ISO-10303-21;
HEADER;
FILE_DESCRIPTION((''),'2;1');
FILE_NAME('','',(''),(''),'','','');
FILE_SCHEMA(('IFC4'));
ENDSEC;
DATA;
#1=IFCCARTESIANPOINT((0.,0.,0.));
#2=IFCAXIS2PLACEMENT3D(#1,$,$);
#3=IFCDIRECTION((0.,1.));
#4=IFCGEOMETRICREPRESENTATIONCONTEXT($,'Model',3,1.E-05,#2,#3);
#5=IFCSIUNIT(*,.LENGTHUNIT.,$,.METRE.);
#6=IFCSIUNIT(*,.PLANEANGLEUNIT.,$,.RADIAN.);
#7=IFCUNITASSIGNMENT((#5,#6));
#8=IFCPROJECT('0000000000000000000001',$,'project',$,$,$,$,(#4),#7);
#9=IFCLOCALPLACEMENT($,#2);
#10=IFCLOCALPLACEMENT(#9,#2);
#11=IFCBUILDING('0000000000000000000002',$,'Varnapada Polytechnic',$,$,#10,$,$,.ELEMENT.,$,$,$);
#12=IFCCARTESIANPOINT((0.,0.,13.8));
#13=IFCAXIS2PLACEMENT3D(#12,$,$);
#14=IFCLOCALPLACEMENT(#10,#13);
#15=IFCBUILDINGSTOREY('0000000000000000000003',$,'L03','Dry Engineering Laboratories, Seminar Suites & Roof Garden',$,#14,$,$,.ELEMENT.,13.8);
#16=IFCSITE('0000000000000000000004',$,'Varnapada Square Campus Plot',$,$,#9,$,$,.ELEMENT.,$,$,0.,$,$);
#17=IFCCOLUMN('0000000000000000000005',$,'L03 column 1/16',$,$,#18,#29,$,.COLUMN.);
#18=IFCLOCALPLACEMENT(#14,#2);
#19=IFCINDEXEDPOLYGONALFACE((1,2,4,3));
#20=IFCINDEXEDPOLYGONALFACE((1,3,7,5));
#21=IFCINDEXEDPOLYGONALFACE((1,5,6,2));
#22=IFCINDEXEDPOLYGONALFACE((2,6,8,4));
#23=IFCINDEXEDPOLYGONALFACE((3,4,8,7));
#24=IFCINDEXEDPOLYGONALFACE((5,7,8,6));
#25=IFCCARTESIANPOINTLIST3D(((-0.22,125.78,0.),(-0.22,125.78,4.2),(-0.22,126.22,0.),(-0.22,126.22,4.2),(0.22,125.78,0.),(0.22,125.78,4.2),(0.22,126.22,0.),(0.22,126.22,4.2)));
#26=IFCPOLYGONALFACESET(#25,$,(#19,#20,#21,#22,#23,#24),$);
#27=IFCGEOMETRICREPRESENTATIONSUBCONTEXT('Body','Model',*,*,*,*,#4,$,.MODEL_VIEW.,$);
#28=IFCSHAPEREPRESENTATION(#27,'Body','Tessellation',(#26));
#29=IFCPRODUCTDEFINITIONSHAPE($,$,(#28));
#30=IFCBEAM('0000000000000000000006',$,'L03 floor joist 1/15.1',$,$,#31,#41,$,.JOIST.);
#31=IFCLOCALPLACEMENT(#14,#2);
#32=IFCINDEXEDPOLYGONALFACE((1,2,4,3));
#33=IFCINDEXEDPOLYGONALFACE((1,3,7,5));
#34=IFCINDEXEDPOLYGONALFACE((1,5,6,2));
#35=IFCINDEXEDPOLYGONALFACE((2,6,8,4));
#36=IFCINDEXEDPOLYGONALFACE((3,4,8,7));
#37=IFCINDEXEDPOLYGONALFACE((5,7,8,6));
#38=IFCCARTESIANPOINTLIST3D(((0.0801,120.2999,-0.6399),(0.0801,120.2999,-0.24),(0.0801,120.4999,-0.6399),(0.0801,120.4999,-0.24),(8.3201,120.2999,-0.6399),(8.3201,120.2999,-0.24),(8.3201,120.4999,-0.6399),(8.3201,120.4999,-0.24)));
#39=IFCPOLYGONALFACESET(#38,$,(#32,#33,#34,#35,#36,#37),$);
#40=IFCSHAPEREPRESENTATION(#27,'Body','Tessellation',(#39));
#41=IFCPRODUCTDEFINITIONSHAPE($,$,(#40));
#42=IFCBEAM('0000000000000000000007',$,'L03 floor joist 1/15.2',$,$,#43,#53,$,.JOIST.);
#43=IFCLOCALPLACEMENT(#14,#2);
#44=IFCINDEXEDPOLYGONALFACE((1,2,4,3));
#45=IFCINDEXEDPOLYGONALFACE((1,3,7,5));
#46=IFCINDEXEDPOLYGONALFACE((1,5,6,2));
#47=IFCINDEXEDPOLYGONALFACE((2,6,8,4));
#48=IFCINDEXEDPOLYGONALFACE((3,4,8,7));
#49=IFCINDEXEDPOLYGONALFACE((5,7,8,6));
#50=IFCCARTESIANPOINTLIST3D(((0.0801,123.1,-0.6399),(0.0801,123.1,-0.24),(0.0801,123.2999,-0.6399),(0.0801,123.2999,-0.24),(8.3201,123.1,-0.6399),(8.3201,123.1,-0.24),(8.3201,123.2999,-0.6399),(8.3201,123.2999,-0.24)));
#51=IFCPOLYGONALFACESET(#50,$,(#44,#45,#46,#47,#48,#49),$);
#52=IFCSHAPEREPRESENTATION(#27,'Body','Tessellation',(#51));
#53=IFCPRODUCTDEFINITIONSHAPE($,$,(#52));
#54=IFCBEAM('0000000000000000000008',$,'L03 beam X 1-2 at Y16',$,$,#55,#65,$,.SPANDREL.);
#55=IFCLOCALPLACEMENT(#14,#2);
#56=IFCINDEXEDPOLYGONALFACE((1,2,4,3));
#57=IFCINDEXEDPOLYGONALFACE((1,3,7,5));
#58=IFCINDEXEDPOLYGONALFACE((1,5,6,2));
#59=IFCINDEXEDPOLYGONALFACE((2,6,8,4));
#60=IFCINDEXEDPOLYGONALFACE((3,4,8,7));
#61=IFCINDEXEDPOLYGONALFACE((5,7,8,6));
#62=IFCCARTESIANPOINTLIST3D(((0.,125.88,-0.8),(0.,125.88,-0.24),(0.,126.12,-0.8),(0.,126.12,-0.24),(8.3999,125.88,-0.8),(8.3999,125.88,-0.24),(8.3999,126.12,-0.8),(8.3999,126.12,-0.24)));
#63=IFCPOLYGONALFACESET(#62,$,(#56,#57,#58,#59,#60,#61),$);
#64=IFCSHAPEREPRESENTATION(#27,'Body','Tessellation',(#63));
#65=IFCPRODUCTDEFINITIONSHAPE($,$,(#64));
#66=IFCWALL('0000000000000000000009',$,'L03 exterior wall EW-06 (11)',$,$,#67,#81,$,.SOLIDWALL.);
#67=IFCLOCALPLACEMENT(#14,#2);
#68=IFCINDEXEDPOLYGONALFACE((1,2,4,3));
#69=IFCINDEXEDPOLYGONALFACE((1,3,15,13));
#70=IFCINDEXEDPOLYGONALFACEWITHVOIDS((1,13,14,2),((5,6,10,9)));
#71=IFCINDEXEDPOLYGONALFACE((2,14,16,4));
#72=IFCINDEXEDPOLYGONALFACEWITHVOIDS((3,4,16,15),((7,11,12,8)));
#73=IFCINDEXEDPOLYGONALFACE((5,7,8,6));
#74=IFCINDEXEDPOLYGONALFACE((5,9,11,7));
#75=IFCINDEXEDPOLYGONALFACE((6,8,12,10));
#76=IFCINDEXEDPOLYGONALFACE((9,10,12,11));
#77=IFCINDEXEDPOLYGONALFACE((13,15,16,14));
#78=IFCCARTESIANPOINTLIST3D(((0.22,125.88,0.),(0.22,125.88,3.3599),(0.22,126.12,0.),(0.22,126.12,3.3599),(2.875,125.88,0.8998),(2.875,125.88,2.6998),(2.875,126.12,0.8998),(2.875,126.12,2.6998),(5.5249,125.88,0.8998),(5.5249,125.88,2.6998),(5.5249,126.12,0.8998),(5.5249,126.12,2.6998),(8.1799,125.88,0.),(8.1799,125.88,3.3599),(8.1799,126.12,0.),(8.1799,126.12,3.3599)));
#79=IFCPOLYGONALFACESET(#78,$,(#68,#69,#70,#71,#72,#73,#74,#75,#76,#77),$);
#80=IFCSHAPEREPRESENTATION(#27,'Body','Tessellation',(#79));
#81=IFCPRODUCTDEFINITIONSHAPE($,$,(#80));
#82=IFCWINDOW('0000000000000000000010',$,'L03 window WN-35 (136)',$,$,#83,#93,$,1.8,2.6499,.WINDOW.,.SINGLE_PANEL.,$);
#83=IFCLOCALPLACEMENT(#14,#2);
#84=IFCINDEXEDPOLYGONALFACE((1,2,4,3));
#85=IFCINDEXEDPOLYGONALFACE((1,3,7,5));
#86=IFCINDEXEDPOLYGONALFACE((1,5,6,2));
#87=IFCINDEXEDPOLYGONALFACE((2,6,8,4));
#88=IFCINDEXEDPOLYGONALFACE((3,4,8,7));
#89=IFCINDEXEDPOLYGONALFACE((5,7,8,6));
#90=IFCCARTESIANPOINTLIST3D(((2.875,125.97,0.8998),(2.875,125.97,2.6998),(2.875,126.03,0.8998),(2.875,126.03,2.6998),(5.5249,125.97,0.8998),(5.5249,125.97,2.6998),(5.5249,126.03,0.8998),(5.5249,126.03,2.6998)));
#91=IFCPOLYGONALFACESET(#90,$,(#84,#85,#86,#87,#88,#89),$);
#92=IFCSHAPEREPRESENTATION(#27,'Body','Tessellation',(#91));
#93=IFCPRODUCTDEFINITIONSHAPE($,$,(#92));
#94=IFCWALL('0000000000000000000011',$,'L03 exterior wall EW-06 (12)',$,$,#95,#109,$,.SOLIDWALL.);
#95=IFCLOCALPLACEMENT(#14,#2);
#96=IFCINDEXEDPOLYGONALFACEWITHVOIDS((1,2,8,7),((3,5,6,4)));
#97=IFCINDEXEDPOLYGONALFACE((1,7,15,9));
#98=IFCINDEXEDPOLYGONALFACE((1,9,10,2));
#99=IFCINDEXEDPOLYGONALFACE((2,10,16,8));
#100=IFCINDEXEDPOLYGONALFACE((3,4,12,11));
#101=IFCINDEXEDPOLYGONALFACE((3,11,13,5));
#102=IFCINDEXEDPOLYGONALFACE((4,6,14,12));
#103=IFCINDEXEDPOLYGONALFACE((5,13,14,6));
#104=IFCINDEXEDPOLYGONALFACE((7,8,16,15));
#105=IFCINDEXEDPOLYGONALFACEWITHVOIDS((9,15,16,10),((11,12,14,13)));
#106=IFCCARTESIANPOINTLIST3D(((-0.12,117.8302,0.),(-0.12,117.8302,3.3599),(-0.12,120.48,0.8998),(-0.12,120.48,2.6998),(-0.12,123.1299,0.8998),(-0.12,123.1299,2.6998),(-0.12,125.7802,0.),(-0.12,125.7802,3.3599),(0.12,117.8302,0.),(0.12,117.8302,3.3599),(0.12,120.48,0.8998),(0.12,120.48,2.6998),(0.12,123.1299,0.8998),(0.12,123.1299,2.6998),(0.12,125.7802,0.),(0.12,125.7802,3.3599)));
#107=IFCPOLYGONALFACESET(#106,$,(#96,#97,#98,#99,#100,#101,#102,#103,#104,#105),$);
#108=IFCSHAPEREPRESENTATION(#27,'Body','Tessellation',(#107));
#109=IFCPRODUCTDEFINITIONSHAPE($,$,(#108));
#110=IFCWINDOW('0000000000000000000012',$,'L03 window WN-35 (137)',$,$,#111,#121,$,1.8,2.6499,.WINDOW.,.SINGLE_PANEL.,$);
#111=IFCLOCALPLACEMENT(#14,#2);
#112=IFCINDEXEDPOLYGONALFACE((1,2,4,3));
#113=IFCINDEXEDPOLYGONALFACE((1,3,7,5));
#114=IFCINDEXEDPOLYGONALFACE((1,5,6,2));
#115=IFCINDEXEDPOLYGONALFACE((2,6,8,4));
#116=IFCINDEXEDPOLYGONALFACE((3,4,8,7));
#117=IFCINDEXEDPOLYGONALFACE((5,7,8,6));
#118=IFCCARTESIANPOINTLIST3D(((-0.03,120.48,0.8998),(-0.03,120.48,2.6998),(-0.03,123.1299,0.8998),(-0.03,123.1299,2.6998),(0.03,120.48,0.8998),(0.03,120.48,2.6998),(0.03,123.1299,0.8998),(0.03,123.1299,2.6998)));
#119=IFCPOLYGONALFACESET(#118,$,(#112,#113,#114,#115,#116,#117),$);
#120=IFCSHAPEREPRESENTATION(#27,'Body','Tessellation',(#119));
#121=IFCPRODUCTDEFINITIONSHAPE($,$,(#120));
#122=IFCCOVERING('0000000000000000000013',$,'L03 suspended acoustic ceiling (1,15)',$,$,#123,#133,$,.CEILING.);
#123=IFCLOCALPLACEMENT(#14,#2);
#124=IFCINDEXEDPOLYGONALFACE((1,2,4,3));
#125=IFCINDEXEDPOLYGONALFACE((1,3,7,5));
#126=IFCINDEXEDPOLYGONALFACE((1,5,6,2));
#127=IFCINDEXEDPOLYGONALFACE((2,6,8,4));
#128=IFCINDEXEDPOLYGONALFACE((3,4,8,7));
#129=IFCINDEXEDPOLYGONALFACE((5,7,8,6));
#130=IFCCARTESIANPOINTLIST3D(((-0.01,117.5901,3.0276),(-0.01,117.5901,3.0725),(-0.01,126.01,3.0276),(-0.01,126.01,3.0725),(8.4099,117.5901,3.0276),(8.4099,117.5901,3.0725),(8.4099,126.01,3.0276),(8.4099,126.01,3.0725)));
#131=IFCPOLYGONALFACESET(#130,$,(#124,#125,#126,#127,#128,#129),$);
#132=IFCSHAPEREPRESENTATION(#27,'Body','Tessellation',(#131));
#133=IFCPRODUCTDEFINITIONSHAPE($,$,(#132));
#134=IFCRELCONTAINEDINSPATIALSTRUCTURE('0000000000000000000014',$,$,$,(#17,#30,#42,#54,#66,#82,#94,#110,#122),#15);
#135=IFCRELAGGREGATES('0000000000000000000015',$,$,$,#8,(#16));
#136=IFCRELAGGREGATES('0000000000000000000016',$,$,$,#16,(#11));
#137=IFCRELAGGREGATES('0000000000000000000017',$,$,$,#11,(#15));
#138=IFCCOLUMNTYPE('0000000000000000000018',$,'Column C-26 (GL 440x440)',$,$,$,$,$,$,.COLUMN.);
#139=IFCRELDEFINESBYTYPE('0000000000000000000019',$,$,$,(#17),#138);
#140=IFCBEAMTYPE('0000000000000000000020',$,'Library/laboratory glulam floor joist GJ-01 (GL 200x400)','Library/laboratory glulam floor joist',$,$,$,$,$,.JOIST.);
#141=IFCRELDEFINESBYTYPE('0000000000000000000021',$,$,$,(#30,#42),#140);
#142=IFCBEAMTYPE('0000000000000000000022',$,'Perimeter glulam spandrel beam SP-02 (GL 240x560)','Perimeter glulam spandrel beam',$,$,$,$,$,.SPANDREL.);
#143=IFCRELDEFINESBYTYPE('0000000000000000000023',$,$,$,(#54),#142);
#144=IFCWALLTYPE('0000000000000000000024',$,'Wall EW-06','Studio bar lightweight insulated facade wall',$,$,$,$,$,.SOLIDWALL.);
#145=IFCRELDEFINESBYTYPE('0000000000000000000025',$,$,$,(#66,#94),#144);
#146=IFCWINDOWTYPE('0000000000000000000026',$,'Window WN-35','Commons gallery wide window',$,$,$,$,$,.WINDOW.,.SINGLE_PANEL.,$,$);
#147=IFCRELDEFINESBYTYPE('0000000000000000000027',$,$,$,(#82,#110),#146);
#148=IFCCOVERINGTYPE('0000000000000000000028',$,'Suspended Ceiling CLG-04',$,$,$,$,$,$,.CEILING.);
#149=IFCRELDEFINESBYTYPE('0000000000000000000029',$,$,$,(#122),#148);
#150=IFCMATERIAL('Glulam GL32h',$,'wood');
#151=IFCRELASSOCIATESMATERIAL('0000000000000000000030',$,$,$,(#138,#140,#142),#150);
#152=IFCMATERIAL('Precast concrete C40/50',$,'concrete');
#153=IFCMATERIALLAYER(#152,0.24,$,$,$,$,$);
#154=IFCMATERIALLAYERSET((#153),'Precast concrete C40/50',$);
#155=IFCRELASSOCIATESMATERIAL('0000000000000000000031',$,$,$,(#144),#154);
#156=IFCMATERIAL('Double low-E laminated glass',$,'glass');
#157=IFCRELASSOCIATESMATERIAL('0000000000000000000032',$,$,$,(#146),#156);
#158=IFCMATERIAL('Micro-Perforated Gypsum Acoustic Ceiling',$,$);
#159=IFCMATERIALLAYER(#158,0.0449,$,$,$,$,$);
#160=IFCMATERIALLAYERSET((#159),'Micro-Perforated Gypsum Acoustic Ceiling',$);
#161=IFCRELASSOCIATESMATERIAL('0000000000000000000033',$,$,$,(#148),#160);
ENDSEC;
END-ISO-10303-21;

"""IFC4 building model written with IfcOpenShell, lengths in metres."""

from ifc_helpers import new_model, si_unit, direction, frame, frame_2d, origin, origin_2d, place, context, subcontext, project, spatial, rectangle, extrude, material, layer, layer_set, material_profile, profile_set, type_object, element, fill, save


model = new_model("IFC4")

# Units and contexts
model_context = context("Model", 3, precision=1e-05, world=origin(), true_north=direction((0.0, 1.0)))
body_context = subcontext(model_context, "Body", "Model", "MODEL_VIEW")
ifc_project = project(units=[si_unit("LENGTHUNIT", "METRE"), si_unit("PLANEANGLEUNIT", "RADIAN")], contexts=[model_context])

# Site, building, storey
site_placement = place(None, origin())
site = spatial("IfcSite", under=ifc_project, at=site_placement, Name="Varnapada Square Campus Plot", CompositionType="ELEMENT", RefElevation=0.0)
building_placement = place(site_placement, origin())
building = spatial("IfcBuilding", under=site, at=building_placement, Name="Varnapada Polytechnic", CompositionType="ELEMENT")
storey_placement = place(building_placement, frame((0.0, 0.0, 13.8)))
storey = spatial("IfcBuildingStorey", under=building, at=storey_placement, Name="L03", Description="Dry Engineering Laboratories, Seminar Suites & Roof Garden", CompositionType="ELEMENT", Elevation=13.8)

# Column
ifc_material_1 = material(Name="Glulam GL32h", Category="wood")
ifc_material_profile_1 = material_profile(ifc_material_1, rectangle(XDim=0.4399, YDim=0.4399, at=origin_2d()), Name="GL 440x440")
ifc_profile_set_1 = profile_set([ifc_material_profile_1], Name="Glulam GL32h")
column_type = type_object("IfcColumnType", Name="Column C-26 (GL 440x440)", PredefinedType="COLUMN", material=ifc_profile_set_1)
column_placement = place(storey_placement, frame((0.0, 126.0, 0.0), z_axis=(0.0, 0.0, 1.0), x_axis=(1.0, 0.0, 0.0)))
element("IfcColumn", 1, at=column_placement, inside=storey, type_object=column_type, Name="L03 column 1/16", PredefinedType="COLUMN", context=body_context, shape_type="SweptSolid", body=[
    extrude(rectangle(XDim=0.4399, YDim=0.4399, at=origin_2d()), origin(), (0.0, 0.0, 1.0), 4.2),
])

# Beams
ifc_material_profile_2 = material_profile(ifc_material_1, rectangle(XDim=0.2, YDim=0.3999, at=origin_2d()), Name="GL 200x400")
ifc_profile_set_2 = profile_set([ifc_material_profile_2], Name="Glulam GL32h")
beam_type_1 = type_object("IfcBeamType", Name="Library/laboratory glulam floor joist GJ-01 (GL 200x400)", Description="Library/laboratory glulam floor joist", PredefinedType="JOIST", material=ifc_profile_set_2)
for number, where, z_axis, x_axis, name in (
    (2, (0.0801, 120.3999, -0.4399), (1.0, 0.0, 0.0), (0.0, 1.0, 0.0), "L03 floor joist 1/15.1"),
    (3, (0.0801, 123.2, -0.4399), (1.0, 0.0, 0.0), (0.0, 1.0, 0.0), "L03 floor joist 1/15.2"),
):
    element("IfcBeam", number, at=place(storey_placement, frame(where, z_axis=z_axis, x_axis=x_axis)), inside=storey, type_object=beam_type_1, Name=name, PredefinedType="JOIST", context=body_context, shape_type="SweptSolid", body=[
        extrude(rectangle(XDim=0.2, YDim=0.3999, at=origin_2d()), origin(), (0.0, 0.0, 1.0), 8.24),
    ])
ifc_material_profile_3 = material_profile(ifc_material_1, rectangle(XDim=0.24, YDim=0.5601, at=origin_2d()), Name="GL 240x560")
ifc_profile_set_3 = profile_set([ifc_material_profile_3], Name="Glulam GL32h")
beam_type_2 = type_object("IfcBeamType", Name="Perimeter glulam spandrel beam SP-02 (GL 240x560)", Description="Perimeter glulam spandrel beam", PredefinedType="SPANDREL", material=ifc_profile_set_3)
beam_placement = place(storey_placement, frame((0.0, 126.0, -0.52), z_axis=(1.0, 0.0, 0.0), x_axis=(0.0, 1.0, 0.0)))
element("IfcBeam", 4, at=beam_placement, inside=storey, type_object=beam_type_2, Name="L03 beam X 1-2 at Y16", PredefinedType="SPANDREL", context=body_context, shape_type="SweptSolid", body=[
    extrude(rectangle(XDim=0.24, YDim=0.5601, at=origin_2d()), origin(), (0.0, 0.0, 1.0), 8.3999),
])

# Walls, openings, windows
ifc_material_2 = material(Name="Precast concrete C40/50", Category="concrete")
ifc_layer_1 = layer(ifc_material_2, 0.24)
ifc_layer_set_1 = layer_set([ifc_layer_1], Name="Precast concrete C40/50")
wall_type = type_object("IfcWallType", Name="Wall EW-06", Description="Studio bar lightweight insulated facade wall", PredefinedType="SOLIDWALL", material=ifc_layer_set_1)
wall_1_placement = place(storey_placement, frame((0.22, 126.0, 0.0), z_axis=(0.0, 0.0, 1.0), x_axis=(1.0, 0.0, 0.0)))
wall_1 = element("IfcWall", 5, at=wall_1_placement, inside=storey, type_object=wall_type, Name="L03 exterior wall EW-06 (11)", PredefinedType="SOLIDWALL", context=body_context, shape_type="SweptSolid", body=[
    extrude(rectangle(XDim=7.96, YDim=0.24, at=frame_2d((3.98, 0.0))), origin(), (0.0, 0.0, 1.0), 3.3599),
])
opening_1_placement = place(wall_1_placement, frame((2.655, 0.0, 0.8999)))
opening_1 = element("IfcOpeningElement", 6, at=opening_1_placement, cuts=wall_1, PredefinedType="OPENING", context=body_context, shape_type="SweptSolid", body=[
    extrude(rectangle(XDim=2.6499, YDim=1.8, at=frame_2d((1.325, 0.8999))), frame((0.0, 0.1299, 0.0), z_axis=(0.0, -1.0, 0.0), x_axis=(1.0, 0.0, 0.0)), (0.0, 0.0, 1.0), 0.26),
])
ifc_material_3 = material(Name="Double low-E laminated glass", Category="glass")
window_type = type_object("IfcWindowType", Name="Window WN-35", Description="Commons gallery wide window", PartitioningType="SINGLE_PANEL", PredefinedType="WINDOW", material=ifc_material_3)
window_1_placement = place(opening_1_placement, origin())
window_1 = element("IfcWindow", 7, at=window_1_placement, inside=storey, type_object=window_type, Name="L03 window WN-35 (136)", OverallHeight=1.8, OverallWidth=2.6499, PartitioningType="SINGLE_PANEL", PredefinedType="WINDOW", context=body_context, shape_type="SweptSolid", body=[
    extrude(rectangle(XDim=2.6499, YDim=1.8, at=frame_2d((1.325, 0.8999))), frame((0.0, 0.03, 0.0), z_axis=(0.0, -1.0, 0.0), x_axis=(1.0, 0.0, 0.0)), (0.0, 0.0, 1.0), 0.0601),
])
fill(opening_1, window_1)
wall_2_placement = place(storey_placement, frame((0.0, 117.8301, 0.0), z_axis=(0.0, 0.0, 1.0), x_axis=(0.0, 1.0, 0.0)))
wall_2 = element("IfcWall", 8, at=wall_2_placement, inside=storey, type_object=wall_type, Name="L03 exterior wall EW-06 (12)", PredefinedType="SOLIDWALL", context=body_context, shape_type="SweptSolid", body=[
    extrude(rectangle(XDim=7.95, YDim=0.24, at=frame_2d((3.9751, 0.0))), origin(), (0.0, 0.0, 1.0), 3.3599),
])
opening_2_placement = place(wall_2_placement, frame((2.6499, 0.0, 0.8999)))
opening_2 = element("IfcOpeningElement", 9, at=opening_2_placement, cuts=wall_2, PredefinedType="OPENING", context=body_context, shape_type="SweptSolid", body=[
    extrude(rectangle(XDim=2.6499, YDim=1.8, at=frame_2d((1.325, 0.8999))), frame((0.0, 0.1299, 0.0), z_axis=(0.0, -1.0, 0.0), x_axis=(1.0, 0.0, 0.0)), (0.0, 0.0, 1.0), 0.26),
])
window_2_placement = place(opening_2_placement, origin())
window_2 = element("IfcWindow", 10, at=window_2_placement, inside=storey, type_object=window_type, Name="L03 window WN-35 (137)", OverallHeight=1.8, OverallWidth=2.6499, PartitioningType="SINGLE_PANEL", PredefinedType="WINDOW", context=body_context, shape_type="SweptSolid", body=[
    extrude(rectangle(XDim=2.6499, YDim=1.8, at=frame_2d((1.325, 0.8999))), frame((0.0, 0.03, 0.0), z_axis=(0.0, -1.0, 0.0), x_axis=(1.0, 0.0, 0.0)), (0.0, 0.0, 1.0), 0.0601),
])
fill(opening_2, window_2)

# Covering
ifc_material_4 = material(Name="Micro-Perforated Gypsum Acoustic Ceiling")
ifc_layer_2 = layer(ifc_material_4, 0.0449)
ifc_layer_set_2 = layer_set([ifc_layer_2], Name="Micro-Perforated Gypsum Acoustic Ceiling")
covering_type_1 = type_object("IfcCoveringType", Name="Suspended Ceiling CLG-04", PredefinedType="CEILING", material=ifc_layer_set_2)
covering_1_placement = place(storey_placement, frame((4.2, 121.8, 3.0276), z_axis=(0.0, 0.0, 1.0), x_axis=(1.0, 0.0, 0.0)))
element("IfcCovering", 11, at=covering_1_placement, inside=storey, type_object=covering_type_1, Name="L03 suspended acoustic ceiling (1,15)", PredefinedType="CEILING", context=body_context, shape_type="SweptSolid", body=[
    extrude(rectangle(XDim=8.4199, YDim=8.4199, at=origin_2d()), origin(), (0.0, 0.0, 1.0), 0.0449),
])

save(model, "model.ifc")
